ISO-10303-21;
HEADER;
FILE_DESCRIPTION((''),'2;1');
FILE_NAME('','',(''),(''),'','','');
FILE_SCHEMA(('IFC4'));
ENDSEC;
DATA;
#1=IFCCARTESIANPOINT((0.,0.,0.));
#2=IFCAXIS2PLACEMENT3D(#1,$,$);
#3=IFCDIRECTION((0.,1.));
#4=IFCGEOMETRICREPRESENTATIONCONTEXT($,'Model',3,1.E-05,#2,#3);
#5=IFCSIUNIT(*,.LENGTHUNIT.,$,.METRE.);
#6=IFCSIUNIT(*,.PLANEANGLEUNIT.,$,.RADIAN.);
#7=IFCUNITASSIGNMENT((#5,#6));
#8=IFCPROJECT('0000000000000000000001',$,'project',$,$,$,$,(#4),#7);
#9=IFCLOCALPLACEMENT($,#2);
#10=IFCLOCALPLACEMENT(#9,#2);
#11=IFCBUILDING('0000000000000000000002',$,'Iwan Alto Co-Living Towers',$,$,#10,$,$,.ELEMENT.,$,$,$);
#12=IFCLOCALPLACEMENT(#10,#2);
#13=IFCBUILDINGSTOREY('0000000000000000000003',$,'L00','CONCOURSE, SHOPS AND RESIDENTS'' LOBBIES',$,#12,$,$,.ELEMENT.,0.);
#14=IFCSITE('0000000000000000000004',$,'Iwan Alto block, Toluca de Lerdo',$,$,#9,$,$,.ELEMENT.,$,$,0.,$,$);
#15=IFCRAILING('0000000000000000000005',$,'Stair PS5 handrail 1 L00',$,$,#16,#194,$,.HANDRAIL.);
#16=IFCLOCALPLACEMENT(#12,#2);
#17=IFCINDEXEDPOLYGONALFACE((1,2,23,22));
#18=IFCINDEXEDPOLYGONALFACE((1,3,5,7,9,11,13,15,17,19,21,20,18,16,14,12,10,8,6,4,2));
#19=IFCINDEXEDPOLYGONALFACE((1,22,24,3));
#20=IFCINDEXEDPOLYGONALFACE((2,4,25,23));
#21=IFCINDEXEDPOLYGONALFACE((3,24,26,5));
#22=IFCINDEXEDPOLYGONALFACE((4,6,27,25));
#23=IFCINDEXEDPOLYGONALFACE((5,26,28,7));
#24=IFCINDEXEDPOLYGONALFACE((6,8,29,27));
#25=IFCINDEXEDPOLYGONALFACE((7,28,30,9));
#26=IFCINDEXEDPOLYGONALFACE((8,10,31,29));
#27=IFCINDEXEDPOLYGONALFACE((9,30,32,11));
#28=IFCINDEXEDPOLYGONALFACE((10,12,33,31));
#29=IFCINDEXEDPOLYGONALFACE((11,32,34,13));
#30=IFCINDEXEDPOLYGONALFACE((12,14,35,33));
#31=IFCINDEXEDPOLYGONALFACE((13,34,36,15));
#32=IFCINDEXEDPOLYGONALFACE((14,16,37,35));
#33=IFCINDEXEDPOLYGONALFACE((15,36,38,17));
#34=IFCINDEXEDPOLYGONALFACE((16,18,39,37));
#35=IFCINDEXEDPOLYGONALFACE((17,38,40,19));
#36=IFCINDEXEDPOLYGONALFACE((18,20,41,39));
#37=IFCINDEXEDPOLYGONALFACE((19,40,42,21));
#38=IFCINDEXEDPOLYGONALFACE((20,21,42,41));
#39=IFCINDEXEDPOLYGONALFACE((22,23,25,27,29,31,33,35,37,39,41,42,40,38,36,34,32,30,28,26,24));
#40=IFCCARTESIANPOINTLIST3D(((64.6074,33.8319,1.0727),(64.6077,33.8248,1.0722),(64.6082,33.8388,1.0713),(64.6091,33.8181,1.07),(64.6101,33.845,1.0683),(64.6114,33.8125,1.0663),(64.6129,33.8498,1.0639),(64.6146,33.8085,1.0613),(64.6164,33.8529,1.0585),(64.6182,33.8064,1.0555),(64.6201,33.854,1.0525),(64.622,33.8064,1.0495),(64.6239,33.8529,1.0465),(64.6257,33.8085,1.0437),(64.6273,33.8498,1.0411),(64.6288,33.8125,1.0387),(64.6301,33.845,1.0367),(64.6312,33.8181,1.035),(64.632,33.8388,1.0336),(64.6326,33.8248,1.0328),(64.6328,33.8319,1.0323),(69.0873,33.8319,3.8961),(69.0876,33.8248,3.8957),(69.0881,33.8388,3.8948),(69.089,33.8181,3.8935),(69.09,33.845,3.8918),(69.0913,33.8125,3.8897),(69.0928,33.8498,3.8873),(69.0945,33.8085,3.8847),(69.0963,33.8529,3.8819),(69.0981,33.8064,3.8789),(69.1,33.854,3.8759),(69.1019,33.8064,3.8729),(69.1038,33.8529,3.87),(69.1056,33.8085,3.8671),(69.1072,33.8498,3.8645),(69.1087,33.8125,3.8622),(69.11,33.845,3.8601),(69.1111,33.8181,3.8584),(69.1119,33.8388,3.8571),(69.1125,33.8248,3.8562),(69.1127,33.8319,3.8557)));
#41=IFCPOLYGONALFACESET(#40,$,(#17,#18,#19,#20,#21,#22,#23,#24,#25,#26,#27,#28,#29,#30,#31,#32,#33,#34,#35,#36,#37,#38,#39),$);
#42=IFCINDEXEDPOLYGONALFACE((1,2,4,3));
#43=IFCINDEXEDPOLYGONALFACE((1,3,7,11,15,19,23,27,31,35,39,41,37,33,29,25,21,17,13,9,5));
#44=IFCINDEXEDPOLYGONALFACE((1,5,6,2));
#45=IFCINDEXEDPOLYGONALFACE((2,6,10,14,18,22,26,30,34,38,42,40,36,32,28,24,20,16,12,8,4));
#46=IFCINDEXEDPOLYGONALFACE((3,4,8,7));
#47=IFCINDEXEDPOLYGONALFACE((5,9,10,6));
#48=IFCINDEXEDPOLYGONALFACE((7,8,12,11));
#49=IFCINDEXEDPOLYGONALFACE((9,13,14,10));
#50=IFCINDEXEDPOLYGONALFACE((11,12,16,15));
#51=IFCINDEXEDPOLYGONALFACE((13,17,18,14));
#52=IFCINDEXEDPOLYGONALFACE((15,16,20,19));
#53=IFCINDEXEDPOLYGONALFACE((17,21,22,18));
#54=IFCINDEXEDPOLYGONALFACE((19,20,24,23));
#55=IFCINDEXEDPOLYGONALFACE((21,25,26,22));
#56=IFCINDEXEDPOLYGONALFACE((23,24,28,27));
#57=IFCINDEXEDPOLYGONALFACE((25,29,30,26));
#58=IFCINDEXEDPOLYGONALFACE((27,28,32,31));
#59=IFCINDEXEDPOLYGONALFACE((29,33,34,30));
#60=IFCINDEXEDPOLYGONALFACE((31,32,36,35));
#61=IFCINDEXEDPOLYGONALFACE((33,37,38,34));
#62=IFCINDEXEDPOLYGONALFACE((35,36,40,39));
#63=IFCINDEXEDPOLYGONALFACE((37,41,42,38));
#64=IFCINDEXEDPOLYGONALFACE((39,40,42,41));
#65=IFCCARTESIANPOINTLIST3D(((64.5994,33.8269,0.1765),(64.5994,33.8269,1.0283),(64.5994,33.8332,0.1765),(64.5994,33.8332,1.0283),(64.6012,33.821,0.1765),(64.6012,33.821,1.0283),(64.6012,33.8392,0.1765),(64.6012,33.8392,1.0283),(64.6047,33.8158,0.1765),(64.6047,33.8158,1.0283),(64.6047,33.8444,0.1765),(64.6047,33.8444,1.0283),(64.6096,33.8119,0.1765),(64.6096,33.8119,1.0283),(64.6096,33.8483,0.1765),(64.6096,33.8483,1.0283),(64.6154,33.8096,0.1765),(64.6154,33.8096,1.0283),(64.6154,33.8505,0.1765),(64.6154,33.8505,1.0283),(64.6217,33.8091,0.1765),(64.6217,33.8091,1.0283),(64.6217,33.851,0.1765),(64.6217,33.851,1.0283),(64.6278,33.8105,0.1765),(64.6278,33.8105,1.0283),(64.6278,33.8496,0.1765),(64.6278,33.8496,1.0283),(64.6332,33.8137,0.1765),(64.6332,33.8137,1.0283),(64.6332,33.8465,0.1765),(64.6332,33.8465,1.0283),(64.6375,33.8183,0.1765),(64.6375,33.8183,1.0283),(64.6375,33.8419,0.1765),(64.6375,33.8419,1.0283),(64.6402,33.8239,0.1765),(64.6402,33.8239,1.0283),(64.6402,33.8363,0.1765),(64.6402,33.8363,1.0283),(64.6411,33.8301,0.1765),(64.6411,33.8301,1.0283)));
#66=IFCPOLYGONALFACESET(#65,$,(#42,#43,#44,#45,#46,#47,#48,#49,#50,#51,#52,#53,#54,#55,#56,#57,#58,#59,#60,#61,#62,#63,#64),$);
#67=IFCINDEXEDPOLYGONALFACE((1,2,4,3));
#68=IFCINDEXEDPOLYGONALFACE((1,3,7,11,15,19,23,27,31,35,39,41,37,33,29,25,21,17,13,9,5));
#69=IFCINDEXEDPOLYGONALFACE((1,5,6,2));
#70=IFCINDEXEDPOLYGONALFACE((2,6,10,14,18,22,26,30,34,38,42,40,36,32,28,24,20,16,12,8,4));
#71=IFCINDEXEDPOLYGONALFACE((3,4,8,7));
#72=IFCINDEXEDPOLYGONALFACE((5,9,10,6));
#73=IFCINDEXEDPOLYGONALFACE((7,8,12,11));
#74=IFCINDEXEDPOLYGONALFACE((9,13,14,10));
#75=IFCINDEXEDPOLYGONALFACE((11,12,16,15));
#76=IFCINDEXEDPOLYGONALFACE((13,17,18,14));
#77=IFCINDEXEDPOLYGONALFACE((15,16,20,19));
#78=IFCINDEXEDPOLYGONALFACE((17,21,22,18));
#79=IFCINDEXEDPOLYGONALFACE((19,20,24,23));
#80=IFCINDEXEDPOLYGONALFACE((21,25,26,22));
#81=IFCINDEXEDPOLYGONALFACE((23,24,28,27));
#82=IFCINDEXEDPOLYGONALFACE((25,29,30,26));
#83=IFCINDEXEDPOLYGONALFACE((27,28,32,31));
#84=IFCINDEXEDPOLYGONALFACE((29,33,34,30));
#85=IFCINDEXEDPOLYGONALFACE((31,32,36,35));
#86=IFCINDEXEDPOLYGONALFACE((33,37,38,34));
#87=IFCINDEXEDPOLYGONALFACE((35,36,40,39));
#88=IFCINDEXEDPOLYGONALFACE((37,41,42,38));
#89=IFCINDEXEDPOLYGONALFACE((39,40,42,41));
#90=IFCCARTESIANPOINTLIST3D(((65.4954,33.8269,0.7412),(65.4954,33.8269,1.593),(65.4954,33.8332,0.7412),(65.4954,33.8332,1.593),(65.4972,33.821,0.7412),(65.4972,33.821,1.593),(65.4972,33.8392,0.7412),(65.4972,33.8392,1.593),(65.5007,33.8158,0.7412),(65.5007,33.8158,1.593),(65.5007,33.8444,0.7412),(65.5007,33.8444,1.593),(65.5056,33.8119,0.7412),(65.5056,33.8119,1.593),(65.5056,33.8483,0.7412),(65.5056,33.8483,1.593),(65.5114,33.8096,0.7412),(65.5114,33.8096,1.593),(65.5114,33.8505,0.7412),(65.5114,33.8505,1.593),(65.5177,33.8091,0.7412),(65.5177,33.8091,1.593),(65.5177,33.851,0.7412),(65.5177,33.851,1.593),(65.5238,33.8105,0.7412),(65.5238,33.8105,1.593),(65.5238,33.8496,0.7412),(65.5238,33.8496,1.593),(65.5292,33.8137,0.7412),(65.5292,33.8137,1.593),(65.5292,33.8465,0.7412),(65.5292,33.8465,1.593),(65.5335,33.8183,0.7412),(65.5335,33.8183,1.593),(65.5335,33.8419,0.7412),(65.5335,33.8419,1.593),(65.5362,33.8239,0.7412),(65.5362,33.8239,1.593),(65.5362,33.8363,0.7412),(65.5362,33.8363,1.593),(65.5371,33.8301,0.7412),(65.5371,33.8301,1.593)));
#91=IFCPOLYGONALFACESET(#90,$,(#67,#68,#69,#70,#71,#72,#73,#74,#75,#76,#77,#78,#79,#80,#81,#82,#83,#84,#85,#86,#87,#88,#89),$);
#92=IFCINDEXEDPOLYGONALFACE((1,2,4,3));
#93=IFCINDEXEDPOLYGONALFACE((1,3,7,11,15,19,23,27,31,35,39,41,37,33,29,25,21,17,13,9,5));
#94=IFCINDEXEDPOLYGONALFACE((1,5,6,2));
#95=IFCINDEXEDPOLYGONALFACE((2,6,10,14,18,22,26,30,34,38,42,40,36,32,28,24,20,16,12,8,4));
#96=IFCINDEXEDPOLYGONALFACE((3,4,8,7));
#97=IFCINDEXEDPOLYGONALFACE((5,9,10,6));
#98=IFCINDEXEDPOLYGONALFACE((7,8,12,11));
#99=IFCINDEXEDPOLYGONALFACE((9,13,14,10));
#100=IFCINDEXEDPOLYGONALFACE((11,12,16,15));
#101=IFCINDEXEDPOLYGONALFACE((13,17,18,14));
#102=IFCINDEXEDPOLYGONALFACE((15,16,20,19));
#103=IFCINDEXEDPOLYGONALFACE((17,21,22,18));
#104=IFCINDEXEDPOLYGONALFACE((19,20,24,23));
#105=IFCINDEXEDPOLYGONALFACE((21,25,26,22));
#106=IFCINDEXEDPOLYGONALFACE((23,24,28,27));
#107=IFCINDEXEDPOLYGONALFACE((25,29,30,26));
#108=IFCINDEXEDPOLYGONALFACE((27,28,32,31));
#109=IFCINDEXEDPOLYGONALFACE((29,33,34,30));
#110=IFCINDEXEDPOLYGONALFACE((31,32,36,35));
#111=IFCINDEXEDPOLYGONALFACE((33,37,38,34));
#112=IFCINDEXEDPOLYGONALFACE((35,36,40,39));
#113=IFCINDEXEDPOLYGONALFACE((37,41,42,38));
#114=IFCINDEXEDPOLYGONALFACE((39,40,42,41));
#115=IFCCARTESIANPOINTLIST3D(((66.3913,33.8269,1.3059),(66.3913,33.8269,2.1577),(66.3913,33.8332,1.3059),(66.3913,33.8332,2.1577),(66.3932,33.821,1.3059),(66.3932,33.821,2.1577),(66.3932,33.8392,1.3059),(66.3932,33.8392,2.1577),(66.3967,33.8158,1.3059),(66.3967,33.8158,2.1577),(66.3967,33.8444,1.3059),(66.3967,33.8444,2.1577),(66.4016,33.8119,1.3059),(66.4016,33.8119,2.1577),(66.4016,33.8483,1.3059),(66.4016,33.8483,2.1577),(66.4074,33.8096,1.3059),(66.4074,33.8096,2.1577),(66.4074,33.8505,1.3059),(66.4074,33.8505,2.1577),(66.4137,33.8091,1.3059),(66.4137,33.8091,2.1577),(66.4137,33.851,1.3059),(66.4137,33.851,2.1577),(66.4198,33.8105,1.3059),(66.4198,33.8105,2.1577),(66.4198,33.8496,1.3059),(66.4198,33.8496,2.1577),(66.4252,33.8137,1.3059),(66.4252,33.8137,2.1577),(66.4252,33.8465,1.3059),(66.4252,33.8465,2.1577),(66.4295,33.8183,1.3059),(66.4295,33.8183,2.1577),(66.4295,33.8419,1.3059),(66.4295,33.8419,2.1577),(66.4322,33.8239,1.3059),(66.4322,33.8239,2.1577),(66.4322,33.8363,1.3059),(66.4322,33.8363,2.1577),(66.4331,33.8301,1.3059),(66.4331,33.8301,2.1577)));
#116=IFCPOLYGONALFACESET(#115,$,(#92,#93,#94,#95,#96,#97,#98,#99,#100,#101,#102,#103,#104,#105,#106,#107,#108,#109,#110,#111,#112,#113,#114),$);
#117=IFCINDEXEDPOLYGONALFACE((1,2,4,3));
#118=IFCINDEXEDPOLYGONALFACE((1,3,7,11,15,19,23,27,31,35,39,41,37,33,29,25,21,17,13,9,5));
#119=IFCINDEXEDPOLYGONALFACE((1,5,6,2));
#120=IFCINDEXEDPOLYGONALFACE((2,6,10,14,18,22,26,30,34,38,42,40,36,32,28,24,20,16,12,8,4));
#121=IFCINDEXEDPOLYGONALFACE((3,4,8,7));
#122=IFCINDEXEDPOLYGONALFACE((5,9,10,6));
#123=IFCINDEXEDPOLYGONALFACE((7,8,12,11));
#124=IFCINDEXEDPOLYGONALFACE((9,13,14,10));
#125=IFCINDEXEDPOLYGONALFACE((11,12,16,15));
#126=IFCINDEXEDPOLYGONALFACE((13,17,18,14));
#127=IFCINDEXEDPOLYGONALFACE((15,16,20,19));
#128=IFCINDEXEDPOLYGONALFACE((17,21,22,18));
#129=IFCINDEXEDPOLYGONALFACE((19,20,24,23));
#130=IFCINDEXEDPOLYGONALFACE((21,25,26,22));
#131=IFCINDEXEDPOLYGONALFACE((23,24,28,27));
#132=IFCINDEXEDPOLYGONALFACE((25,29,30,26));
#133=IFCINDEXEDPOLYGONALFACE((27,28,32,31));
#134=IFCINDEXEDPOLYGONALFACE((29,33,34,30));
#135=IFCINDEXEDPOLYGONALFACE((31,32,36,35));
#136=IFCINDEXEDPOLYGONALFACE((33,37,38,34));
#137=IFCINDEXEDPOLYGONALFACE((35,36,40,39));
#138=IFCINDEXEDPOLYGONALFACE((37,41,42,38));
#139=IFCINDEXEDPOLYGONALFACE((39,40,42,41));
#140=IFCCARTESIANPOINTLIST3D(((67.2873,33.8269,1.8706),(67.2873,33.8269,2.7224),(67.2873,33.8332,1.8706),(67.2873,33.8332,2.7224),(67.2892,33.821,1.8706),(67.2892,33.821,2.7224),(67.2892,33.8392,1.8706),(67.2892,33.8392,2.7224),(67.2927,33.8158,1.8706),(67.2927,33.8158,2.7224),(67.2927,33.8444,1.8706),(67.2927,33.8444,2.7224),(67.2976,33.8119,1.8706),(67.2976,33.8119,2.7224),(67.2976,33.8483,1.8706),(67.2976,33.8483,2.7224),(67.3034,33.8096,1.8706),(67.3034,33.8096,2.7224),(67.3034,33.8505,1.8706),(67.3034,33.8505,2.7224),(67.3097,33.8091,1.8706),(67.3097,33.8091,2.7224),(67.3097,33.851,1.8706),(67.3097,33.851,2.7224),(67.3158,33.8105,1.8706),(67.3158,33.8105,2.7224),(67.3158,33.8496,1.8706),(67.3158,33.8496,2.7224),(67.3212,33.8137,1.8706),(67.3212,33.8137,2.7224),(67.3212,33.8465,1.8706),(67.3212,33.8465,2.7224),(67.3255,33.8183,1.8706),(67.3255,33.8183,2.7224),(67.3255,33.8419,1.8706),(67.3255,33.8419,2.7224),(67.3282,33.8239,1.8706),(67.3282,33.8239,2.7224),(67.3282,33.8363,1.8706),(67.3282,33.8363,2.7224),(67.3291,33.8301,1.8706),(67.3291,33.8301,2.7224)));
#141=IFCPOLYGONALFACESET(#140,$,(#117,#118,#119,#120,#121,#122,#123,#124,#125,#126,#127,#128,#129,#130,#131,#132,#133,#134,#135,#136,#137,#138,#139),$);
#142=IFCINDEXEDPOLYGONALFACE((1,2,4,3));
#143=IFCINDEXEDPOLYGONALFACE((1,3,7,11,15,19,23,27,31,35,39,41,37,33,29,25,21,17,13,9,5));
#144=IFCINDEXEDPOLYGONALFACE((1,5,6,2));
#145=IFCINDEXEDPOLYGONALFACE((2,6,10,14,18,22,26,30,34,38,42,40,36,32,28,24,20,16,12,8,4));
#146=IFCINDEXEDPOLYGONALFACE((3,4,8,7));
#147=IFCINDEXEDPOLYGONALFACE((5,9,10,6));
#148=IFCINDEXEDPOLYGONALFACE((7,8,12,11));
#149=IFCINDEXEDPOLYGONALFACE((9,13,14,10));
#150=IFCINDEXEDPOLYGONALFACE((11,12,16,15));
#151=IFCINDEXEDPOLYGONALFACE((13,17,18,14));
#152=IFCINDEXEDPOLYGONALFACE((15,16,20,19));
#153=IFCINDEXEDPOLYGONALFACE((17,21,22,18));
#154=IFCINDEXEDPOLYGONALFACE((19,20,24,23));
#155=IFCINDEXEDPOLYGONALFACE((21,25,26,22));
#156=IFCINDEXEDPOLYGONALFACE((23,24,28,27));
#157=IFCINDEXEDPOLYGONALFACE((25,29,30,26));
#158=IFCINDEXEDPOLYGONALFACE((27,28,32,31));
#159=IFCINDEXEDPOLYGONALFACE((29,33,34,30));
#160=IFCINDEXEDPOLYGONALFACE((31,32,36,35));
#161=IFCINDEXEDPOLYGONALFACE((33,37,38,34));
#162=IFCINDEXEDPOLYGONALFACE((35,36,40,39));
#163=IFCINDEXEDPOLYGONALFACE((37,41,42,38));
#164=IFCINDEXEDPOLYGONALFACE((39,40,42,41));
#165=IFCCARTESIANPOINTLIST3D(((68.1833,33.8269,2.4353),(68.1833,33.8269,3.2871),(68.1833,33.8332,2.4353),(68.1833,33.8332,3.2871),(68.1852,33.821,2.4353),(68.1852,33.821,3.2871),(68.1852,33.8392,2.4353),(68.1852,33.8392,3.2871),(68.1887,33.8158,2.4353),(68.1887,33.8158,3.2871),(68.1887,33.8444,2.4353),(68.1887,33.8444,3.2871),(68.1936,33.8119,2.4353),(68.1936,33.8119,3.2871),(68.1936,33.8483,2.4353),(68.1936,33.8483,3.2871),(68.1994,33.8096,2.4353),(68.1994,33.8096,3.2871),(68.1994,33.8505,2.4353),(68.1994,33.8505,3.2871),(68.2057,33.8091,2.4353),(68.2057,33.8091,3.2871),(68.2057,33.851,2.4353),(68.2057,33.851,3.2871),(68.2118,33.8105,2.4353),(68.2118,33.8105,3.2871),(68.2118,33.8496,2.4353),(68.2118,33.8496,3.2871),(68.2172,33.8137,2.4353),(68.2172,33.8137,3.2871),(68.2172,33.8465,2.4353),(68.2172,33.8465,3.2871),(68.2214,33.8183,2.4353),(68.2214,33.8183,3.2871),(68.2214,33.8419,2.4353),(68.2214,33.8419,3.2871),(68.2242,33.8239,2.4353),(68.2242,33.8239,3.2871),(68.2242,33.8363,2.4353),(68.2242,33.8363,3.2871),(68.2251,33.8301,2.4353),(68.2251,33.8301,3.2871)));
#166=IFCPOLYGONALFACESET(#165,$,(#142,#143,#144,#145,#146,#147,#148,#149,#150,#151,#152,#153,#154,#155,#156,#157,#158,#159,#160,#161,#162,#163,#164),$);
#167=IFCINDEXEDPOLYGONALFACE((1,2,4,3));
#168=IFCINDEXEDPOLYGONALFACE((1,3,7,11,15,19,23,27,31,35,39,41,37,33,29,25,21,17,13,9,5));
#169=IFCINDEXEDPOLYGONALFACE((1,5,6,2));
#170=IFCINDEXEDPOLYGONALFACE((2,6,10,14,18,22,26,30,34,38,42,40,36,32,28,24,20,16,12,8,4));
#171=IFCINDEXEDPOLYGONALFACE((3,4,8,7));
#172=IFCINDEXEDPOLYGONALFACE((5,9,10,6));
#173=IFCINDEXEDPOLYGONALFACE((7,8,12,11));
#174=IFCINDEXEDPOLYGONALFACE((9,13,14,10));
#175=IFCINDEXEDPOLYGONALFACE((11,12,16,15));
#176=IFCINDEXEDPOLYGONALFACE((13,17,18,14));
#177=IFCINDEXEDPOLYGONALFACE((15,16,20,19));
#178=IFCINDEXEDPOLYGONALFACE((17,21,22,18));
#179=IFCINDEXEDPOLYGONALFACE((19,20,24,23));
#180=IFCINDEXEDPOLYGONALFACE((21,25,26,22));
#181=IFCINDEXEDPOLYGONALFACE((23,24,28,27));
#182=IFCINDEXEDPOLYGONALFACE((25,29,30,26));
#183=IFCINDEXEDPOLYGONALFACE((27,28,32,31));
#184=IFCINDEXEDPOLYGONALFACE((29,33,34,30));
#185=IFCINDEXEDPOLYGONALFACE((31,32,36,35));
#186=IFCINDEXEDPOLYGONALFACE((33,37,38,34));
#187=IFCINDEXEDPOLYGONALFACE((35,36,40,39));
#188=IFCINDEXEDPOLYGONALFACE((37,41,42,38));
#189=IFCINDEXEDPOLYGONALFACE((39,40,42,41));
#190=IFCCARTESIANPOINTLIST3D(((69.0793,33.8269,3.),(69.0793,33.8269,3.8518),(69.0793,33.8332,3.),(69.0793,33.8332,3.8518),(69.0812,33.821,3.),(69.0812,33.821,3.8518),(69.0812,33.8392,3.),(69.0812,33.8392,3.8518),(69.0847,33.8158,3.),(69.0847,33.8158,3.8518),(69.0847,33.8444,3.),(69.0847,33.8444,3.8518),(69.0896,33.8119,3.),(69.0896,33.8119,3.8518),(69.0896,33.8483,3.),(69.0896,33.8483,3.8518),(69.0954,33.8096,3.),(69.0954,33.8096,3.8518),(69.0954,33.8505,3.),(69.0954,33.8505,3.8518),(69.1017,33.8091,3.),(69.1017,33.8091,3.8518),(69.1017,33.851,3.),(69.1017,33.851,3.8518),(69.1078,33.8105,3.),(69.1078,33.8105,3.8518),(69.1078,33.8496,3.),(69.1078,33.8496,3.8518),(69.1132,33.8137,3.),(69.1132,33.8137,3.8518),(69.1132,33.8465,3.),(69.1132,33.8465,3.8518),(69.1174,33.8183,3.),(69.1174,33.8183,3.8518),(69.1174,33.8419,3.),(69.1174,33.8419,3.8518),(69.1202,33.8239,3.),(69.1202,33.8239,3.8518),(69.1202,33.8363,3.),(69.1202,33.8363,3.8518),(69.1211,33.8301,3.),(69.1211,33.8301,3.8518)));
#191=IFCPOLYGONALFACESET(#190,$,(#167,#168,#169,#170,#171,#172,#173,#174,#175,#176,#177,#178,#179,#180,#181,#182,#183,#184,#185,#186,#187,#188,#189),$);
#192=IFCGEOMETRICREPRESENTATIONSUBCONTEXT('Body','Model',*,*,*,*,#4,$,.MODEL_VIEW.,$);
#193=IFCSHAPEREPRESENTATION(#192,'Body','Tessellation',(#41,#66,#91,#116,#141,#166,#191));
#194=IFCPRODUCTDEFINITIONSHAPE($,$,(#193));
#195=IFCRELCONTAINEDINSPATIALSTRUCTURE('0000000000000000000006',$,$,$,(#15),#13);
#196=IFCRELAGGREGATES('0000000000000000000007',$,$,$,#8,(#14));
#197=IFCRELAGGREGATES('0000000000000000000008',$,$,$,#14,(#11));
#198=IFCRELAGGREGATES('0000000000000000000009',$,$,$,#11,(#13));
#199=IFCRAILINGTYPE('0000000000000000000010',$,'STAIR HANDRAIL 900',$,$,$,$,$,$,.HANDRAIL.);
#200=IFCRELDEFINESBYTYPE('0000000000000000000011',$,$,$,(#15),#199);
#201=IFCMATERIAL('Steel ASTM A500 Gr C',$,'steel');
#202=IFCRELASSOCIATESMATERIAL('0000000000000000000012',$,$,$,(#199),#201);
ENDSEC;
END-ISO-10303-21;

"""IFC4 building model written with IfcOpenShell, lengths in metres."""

from ifc_helpers import new_model, si_unit, direction, frame, origin, origin_2d, place, context, subcontext, project, spatial, circle, extrude, material, type_object, element, save


model = new_model("IFC4")

# Units and contexts
model_context = context("Model", 3, precision=1e-05, world=origin(), true_north=direction((0.0, 1.0)))
body_context = subcontext(model_context, "Body", "Model", "MODEL_VIEW")
ifc_project = project(units=[si_unit("LENGTHUNIT", "METRE"), si_unit("PLANEANGLEUNIT", "RADIAN")], contexts=[model_context])

# Site, building, storey
site_placement = place(None, origin())
site = spatial("IfcSite", under=ifc_project, at=site_placement, Name="Iwan Alto block, Toluca de Lerdo", CompositionType="ELEMENT", RefElevation=0.0)
building_placement = place(site_placement, origin())
building = spatial("IfcBuilding", under=site, at=building_placement, Name="Iwan Alto Co-Living Towers", CompositionType="ELEMENT")
storey_placement = place(building_placement, origin())
storey = spatial("IfcBuildingStorey", under=building, at=storey_placement, Name="L00", Description="CONCOURSE, SHOPS AND RESIDENTS' LOBBIES", CompositionType="ELEMENT", Elevation=0.0)

# Railing
ifc_material_1 = material(Name="Steel ASTM A500 Gr C", Category="steel")
railing_type_1 = type_object("IfcRailingType", Name="STAIR HANDRAIL 900", PredefinedType="HANDRAIL", material=ifc_material_1)
railing_1_placement = place(storey_placement, frame((64.6201, 33.8301, 0.1765)))
element("IfcRailing", 1, at=railing_1_placement, inside=storey, type_object=railing_type_1, Name="Stair PS5 handrail 1 L00", PredefinedType="HANDRAIL", context=body_context, shape_type="SweptSolid", body=[
    extrude(circle(Radius=0.0239, at=origin_2d()), frame((0.0, 0.0, 0.876), z_axis=(0.845998, 0.0, 0.533186), x_axis=(0.0, 1.0, 0.0)), (0.0, 0.0, 1.0), 5.2954),
    extrude(circle(Radius=0.021, at=origin_2d()), origin(), (0.0, 0.0, 1.0), 0.8518),
    extrude(circle(Radius=0.021, at=origin_2d()), frame((0.896, 0.0, 0.5647)), (0.0, 0.0, 1.0), 0.8518),
    extrude(circle(Radius=0.021, at=origin_2d()), frame((1.792, 0.0, 1.1294)), (0.0, 0.0, 1.0), 0.8518),
    extrude(circle(Radius=0.021, at=origin_2d()), frame((2.688, 0.0, 1.6941)), (0.0, 0.0, 1.0), 0.8518),
    extrude(circle(Radius=0.021, at=origin_2d()), frame((3.584, 0.0, 2.2588)), (0.0, 0.0, 1.0), 0.8518),
    extrude(circle(Radius=0.021, at=origin_2d()), frame((4.48, 0.0, 2.8235)), (0.0, 0.0, 1.0), 0.8518),
])

save(model, "model.ifc")
